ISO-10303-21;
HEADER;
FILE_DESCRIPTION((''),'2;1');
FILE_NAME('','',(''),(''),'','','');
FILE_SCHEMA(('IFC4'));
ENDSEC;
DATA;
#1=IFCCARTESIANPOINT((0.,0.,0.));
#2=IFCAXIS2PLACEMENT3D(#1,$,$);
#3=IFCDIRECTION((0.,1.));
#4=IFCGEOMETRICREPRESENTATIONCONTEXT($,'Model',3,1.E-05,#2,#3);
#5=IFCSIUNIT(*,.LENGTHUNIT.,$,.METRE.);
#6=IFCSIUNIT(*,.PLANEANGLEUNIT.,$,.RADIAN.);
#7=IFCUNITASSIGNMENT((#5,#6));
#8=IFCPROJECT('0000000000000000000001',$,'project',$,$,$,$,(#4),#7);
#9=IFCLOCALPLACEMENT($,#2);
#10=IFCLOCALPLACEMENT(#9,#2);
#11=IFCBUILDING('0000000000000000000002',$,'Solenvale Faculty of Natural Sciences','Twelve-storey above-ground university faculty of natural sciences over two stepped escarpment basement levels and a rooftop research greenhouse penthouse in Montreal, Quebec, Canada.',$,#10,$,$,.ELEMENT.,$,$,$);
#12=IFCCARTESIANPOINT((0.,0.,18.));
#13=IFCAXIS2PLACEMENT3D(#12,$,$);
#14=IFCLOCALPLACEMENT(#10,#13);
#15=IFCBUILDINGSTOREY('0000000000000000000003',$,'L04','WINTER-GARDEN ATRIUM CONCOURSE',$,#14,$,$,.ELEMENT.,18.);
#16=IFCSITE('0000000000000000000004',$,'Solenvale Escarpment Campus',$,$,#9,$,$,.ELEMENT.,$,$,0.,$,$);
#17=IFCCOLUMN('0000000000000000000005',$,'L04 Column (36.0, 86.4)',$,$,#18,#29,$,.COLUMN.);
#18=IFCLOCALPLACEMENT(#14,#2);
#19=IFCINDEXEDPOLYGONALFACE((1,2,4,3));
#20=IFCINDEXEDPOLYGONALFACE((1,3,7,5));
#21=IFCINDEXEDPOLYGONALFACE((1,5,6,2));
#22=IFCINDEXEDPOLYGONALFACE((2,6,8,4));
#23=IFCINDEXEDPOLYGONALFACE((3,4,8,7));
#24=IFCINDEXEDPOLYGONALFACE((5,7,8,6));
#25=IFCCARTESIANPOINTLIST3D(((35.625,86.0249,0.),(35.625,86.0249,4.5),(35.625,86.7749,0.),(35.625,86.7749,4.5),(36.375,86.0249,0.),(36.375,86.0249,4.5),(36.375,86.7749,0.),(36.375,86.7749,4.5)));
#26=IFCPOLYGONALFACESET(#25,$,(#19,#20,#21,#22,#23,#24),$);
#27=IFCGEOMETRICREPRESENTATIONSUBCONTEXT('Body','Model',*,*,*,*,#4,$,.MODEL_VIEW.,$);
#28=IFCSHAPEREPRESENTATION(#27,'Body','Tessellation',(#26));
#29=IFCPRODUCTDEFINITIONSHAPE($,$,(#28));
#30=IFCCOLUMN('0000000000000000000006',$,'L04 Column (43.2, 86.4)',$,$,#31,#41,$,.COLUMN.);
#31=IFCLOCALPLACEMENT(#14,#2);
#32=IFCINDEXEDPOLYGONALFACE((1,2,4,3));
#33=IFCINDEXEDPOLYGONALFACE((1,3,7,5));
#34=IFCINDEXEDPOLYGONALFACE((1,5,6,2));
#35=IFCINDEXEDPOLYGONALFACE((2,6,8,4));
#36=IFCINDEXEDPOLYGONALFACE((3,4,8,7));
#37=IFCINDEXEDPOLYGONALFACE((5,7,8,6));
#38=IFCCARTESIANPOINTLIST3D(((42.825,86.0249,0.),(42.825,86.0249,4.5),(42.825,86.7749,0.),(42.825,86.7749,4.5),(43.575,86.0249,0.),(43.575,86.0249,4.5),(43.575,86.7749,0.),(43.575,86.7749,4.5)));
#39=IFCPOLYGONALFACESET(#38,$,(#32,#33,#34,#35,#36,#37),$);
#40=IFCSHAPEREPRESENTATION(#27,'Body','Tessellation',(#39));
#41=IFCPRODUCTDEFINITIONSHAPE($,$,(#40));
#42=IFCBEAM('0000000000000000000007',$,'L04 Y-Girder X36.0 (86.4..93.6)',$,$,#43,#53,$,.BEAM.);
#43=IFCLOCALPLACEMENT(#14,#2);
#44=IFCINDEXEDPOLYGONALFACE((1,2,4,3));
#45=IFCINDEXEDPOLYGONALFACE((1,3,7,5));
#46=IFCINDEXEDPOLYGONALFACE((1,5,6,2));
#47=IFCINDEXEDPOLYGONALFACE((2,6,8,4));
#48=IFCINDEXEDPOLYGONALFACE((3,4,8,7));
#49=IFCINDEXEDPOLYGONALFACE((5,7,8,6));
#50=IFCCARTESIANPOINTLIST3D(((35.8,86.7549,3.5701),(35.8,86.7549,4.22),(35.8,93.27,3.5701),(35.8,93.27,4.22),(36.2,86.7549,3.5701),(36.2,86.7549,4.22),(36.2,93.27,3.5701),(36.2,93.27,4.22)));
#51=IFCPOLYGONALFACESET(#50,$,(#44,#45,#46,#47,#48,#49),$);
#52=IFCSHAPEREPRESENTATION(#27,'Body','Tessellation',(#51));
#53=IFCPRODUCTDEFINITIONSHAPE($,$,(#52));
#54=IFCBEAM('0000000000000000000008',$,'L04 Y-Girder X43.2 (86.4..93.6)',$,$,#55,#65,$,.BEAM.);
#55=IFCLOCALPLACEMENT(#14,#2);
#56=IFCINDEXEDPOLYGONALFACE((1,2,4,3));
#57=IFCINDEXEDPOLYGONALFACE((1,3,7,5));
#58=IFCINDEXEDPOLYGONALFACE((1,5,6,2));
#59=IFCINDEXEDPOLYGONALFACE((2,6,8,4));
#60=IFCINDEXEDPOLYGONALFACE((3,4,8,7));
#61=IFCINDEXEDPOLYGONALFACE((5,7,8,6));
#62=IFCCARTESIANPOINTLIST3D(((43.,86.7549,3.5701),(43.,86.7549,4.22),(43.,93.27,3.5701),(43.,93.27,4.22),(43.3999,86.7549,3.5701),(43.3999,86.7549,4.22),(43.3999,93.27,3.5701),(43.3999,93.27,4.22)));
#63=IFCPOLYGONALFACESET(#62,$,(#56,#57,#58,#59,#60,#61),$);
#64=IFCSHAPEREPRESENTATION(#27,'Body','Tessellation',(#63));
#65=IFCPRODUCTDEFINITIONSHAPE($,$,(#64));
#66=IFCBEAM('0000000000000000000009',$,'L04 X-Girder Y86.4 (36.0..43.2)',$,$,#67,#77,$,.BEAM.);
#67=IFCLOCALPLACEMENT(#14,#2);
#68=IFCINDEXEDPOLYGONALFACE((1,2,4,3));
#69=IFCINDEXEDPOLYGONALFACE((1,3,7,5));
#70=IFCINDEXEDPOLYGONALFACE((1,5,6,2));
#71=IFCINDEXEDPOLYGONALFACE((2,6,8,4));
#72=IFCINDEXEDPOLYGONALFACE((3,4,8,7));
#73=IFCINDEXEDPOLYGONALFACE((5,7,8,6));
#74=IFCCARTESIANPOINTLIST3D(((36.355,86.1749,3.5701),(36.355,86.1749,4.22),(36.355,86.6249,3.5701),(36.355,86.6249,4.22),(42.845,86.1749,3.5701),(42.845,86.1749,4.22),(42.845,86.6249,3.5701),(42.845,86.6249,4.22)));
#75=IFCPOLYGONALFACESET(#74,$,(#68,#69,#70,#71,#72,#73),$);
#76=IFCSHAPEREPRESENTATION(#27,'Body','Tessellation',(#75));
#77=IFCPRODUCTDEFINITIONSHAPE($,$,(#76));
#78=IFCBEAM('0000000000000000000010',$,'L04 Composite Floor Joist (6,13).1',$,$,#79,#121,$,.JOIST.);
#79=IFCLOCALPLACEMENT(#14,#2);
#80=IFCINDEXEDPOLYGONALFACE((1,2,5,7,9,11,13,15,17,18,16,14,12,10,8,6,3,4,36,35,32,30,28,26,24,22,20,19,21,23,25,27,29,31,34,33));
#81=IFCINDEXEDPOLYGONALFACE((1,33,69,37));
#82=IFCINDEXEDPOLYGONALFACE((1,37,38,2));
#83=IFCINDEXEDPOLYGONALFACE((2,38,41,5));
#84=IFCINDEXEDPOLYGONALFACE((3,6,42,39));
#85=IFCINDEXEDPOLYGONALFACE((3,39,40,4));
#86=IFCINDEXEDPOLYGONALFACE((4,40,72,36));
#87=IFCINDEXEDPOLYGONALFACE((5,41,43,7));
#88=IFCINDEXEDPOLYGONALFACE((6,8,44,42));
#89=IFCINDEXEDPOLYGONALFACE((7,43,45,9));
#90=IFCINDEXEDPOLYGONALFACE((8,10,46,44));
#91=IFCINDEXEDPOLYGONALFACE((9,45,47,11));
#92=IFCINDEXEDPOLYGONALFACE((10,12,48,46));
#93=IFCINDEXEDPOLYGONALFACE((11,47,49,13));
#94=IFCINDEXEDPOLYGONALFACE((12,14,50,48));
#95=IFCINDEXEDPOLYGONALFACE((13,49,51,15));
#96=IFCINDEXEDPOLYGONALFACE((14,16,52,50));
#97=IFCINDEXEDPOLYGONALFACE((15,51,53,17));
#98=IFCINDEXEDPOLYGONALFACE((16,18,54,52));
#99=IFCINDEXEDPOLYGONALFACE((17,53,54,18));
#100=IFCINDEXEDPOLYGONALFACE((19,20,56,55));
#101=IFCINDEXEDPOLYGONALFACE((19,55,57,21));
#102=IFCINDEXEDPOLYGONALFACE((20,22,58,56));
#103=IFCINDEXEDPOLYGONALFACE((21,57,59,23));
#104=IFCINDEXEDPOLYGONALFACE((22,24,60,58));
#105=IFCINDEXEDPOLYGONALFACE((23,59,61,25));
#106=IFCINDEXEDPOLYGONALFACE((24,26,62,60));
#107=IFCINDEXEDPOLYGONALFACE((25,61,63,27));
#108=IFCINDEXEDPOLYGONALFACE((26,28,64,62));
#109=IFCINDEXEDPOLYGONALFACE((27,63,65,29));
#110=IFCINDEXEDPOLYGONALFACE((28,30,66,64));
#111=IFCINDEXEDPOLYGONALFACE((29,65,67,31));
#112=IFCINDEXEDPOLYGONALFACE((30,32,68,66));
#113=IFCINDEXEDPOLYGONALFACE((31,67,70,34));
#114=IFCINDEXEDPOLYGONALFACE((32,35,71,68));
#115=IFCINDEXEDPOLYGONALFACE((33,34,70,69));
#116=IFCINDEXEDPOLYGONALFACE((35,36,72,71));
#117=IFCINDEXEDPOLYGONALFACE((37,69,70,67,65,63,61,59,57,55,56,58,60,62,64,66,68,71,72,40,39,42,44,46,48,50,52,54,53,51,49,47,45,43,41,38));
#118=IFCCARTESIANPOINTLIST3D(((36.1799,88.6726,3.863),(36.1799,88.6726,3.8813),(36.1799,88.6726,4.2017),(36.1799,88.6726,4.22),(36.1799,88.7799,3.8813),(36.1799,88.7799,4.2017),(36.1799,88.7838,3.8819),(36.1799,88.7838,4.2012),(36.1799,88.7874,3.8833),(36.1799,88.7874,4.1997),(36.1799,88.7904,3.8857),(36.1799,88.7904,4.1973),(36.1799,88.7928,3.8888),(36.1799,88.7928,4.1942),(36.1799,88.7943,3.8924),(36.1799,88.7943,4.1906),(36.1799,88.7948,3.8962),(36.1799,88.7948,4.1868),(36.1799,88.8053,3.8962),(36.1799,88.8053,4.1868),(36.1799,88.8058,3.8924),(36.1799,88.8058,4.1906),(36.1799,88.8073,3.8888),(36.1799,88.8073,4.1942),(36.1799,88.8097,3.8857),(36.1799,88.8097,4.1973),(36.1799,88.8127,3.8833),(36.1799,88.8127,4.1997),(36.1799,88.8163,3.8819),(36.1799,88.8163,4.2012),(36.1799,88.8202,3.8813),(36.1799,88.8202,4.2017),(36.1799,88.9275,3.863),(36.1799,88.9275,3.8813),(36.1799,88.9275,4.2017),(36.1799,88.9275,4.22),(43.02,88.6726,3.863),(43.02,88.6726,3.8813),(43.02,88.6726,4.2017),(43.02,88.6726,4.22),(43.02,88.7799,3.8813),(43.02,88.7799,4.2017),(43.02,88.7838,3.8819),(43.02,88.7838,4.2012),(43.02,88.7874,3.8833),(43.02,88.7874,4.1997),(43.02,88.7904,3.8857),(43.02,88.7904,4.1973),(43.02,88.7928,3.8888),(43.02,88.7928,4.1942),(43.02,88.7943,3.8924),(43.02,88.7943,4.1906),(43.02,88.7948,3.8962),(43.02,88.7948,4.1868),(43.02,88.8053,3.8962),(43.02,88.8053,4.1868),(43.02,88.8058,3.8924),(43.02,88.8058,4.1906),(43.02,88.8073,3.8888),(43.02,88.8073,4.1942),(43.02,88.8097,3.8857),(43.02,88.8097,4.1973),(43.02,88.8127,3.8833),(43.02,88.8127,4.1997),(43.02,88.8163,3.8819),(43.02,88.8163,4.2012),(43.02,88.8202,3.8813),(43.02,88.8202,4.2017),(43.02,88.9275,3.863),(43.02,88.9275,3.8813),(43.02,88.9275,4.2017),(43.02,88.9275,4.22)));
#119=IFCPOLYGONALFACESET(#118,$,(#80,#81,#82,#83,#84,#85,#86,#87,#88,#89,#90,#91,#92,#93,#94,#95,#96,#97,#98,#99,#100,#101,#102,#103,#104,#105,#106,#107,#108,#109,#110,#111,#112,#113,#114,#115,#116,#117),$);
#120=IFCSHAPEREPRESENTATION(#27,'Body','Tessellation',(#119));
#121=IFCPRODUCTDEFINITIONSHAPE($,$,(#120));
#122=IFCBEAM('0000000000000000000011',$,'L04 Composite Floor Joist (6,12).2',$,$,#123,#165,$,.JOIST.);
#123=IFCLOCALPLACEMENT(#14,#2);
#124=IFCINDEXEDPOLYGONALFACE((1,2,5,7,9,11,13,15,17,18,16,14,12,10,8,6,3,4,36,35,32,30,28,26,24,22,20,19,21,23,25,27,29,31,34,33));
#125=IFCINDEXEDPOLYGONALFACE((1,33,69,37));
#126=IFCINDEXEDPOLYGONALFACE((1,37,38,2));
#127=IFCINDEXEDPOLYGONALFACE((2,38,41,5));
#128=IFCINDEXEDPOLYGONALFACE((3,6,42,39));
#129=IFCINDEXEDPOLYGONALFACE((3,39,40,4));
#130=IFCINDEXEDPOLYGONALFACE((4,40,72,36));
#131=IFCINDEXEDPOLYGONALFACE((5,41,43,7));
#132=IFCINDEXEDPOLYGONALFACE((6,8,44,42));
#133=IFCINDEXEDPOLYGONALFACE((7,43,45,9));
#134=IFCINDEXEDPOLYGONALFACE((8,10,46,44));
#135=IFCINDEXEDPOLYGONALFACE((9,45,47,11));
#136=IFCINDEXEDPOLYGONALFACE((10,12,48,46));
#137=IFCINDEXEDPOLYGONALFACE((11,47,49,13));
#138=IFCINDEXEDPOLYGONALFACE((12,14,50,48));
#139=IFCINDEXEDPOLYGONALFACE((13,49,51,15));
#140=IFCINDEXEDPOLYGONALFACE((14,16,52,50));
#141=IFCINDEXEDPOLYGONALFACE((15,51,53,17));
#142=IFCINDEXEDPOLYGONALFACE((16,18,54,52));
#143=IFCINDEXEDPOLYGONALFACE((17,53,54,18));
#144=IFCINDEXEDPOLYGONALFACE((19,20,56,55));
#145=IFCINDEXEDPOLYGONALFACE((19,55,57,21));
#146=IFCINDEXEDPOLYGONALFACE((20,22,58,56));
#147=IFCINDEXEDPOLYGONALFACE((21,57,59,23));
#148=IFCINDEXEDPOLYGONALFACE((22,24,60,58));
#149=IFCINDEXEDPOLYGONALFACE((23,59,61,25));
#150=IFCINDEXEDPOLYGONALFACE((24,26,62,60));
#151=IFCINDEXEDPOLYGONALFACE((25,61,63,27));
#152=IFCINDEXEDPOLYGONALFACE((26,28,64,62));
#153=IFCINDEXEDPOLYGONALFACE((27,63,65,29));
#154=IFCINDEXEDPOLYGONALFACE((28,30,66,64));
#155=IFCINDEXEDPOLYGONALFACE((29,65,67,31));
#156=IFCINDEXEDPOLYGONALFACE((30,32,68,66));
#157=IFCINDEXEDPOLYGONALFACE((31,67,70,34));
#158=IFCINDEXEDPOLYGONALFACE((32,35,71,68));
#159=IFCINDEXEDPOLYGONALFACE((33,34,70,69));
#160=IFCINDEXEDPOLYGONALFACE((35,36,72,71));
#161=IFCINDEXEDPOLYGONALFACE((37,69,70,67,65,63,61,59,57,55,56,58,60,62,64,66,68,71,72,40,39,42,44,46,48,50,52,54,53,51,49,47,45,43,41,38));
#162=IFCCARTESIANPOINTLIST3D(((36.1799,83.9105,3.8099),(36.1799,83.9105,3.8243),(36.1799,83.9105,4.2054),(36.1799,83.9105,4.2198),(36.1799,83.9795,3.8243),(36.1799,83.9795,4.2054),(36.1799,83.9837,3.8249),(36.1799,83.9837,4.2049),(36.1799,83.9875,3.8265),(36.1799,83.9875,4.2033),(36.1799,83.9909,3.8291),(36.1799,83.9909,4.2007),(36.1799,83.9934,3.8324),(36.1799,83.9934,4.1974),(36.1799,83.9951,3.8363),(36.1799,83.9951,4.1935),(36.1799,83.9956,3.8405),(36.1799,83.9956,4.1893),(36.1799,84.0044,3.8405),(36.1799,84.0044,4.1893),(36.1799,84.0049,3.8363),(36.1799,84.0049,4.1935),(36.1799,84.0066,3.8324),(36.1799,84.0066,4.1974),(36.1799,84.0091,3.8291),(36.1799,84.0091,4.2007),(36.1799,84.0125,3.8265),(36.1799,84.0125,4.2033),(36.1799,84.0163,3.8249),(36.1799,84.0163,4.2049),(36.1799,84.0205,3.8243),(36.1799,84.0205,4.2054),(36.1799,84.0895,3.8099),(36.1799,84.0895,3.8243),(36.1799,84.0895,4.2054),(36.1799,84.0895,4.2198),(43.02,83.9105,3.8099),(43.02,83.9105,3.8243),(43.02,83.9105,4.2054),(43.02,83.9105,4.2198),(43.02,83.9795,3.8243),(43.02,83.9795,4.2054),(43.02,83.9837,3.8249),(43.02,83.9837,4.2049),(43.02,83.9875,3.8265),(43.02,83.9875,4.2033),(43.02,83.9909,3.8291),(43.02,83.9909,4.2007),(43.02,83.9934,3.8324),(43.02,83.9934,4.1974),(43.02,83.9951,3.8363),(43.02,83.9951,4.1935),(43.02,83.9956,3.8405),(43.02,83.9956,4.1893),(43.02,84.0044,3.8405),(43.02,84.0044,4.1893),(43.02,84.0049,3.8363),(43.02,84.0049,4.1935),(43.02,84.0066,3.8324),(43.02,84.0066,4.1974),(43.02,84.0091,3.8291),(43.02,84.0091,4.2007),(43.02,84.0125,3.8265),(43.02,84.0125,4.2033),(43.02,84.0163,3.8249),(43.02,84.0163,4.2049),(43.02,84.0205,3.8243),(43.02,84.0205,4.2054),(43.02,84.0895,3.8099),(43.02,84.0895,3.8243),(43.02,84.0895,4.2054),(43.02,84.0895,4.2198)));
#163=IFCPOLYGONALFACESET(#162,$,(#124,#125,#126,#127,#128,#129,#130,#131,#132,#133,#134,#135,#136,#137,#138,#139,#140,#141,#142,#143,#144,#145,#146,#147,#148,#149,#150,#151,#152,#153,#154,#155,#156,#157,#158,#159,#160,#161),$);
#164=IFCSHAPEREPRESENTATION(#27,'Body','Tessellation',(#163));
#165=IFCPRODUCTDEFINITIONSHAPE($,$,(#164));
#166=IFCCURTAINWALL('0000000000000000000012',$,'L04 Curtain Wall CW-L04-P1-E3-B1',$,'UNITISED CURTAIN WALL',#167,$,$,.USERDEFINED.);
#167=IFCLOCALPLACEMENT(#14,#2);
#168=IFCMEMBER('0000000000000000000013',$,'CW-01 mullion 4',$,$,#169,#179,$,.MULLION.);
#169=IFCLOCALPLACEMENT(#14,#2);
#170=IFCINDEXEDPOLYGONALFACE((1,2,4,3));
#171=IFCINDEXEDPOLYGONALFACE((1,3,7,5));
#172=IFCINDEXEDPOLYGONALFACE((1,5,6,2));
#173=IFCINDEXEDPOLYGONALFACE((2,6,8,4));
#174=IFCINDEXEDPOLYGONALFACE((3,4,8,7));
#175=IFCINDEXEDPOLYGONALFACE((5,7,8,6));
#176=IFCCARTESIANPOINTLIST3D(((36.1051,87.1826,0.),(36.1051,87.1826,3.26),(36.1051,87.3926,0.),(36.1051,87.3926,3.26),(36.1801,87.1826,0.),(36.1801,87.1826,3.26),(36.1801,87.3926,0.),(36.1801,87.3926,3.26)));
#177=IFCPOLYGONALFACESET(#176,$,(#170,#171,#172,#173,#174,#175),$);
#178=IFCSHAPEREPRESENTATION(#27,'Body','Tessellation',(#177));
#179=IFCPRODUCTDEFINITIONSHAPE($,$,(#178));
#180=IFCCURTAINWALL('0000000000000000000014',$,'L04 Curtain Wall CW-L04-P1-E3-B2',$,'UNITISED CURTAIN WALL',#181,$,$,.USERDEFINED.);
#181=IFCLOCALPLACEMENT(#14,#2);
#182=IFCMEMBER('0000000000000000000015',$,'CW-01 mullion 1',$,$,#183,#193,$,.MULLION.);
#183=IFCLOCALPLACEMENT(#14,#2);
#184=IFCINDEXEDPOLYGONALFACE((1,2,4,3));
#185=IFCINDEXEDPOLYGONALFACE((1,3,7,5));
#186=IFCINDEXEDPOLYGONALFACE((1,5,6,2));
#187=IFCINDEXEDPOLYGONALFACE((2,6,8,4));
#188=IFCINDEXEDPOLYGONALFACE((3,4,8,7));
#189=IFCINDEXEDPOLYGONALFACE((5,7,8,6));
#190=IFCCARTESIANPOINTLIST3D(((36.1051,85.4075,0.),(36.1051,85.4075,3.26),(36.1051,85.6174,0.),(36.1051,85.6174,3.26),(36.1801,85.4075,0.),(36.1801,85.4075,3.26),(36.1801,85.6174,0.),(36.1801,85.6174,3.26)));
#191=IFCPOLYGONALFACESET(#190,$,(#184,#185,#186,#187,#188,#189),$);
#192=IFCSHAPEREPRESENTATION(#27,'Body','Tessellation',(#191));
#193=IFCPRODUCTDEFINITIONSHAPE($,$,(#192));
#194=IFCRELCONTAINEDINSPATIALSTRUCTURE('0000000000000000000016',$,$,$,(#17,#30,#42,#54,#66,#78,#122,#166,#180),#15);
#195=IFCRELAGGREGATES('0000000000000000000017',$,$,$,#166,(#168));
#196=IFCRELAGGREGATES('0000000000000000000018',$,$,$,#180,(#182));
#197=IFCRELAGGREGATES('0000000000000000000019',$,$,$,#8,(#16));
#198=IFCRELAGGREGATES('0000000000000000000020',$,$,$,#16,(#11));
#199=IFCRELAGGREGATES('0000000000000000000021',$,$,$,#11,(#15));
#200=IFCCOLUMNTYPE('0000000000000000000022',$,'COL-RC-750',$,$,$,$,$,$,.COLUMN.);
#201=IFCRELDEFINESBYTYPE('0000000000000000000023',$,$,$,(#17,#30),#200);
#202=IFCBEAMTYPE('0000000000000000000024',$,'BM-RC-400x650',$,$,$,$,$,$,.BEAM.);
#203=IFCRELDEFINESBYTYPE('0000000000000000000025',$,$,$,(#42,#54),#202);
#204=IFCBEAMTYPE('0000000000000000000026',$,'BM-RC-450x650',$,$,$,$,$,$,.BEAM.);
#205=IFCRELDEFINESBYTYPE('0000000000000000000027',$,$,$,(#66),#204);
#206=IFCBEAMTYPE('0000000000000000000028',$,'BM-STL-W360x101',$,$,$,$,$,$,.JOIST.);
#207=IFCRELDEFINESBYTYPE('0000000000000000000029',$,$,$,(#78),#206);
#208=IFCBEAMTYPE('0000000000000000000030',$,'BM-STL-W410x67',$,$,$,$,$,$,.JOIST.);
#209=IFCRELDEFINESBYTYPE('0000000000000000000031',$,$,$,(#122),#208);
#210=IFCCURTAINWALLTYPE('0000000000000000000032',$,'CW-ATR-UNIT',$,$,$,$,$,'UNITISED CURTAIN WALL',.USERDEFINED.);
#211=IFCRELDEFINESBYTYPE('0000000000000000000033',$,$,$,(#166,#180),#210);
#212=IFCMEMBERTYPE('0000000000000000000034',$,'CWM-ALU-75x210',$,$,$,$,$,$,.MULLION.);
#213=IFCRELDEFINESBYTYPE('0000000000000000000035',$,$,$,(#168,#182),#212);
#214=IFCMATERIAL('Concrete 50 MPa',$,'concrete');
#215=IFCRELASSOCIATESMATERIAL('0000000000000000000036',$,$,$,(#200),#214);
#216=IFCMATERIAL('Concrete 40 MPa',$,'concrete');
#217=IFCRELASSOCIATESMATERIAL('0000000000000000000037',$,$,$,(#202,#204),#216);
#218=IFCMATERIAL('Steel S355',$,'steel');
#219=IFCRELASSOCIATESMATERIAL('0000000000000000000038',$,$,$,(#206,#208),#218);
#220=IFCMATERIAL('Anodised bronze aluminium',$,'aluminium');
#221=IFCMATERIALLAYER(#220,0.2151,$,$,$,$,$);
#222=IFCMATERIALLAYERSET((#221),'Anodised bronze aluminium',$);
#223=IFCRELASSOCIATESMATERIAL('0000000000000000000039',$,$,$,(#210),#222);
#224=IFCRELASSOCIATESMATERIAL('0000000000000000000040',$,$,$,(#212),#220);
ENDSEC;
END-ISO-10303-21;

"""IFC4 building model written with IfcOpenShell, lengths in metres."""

from ifc_helpers import new_model, si_unit, direction, frame, origin, origin_2d, place, context, subcontext, project, spatial, rectangle, i_section, extrude, material, layer, layer_set, material_profile, profile_set, type_object, element, aggregate, save


model = new_model("IFC4")

# Units and contexts
model_context = context("Model", 3, precision=1e-05, world=origin(), true_north=direction((0.0, 1.0)))
body_context = subcontext(model_context, "Body", "Model", "MODEL_VIEW")
ifc_project = project(units=[si_unit("LENGTHUNIT", "METRE"), si_unit("PLANEANGLEUNIT", "RADIAN")], contexts=[model_context])

# Site, building, storey
site_placement = place(None, origin())
site = spatial("IfcSite", under=ifc_project, at=site_placement, Name="Solenvale Escarpment Campus", CompositionType="ELEMENT", RefElevation=0.0)
building_placement = place(site_placement, origin())
building = spatial("IfcBuilding", under=site, at=building_placement, Name="Solenvale Faculty of Natural Sciences", Description="Twelve-storey above-ground university faculty of natural sciences over two stepped escarpment basement levels and a rooftop research greenhouse penthouse in Montreal, Quebec, Canada.", CompositionType="ELEMENT")
storey_placement = place(building_placement, frame((0.0, 0.0, 18.0)))
storey = spatial("IfcBuildingStorey", under=building, at=storey_placement, Name="L04", Description="WINTER-GARDEN ATRIUM CONCOURSE", CompositionType="ELEMENT", Elevation=18.0)

# Columns
ifc_material_1 = material(Name="Concrete 50 MPa", Category="concrete")
ifc_material_profile_1 = material_profile(ifc_material_1, rectangle(XDim=0.75, YDim=0.75, at=origin_2d()), Name="RC-COL-750x750")
ifc_profile_set_1 = profile_set([ifc_material_profile_1], Name="Concrete 50 MPa")
column_type = type_object("IfcColumnType", Name="COL-RC-750", PredefinedType="COLUMN", material=ifc_profile_set_1)
for number, where, z_axis, x_axis, name in (
    (1, (36.0, 86.3999, 0.0), (0.0, 0.0, 1.0), (1.0, 0.0, 0.0), "L04 Column (36.0, 86.4)"),
    (2, (43.2, 86.3999, 0.0), (0.0, 0.0, 1.0), (1.0, 0.0, 0.0), "L04 Column (43.2, 86.4)"),
):
    element("IfcColumn", number, at=place(storey_placement, frame(where, z_axis=z_axis, x_axis=x_axis)), inside=storey, type_object=column_type, Name=name, PredefinedType="COLUMN", context=body_context, shape_type="SweptSolid", body=[
        extrude(rectangle(XDim=0.75, YDim=0.75, at=origin_2d()), origin(), (0.0, 0.0, 1.0), 4.5),
    ])

# Beams
ifc_material_2 = material(Name="Concrete 40 MPa", Category="concrete")
ifc_material_profile_2 = material_profile(ifc_material_2, rectangle(XDim=0.3999, YDim=0.6499, at=origin_2d()), Name="RC-BM-400x650")
ifc_profile_set_2 = profile_set([ifc_material_profile_2], Name="Concrete 40 MPa")
beam_type_1 = type_object("IfcBeamType", Name="BM-RC-400x650", PredefinedType="BEAM", material=ifc_profile_set_2)
for number, where, z_axis, x_axis, name in (
    (3, (36.0, 86.7549, 3.895), (0.0, 1.0, 0.0), (-1.0, 0.0, 0.0), "L04 Y-Girder X36.0 (86.4..93.6)"),
    (4, (43.2, 86.7549, 3.895), (0.0, 1.0, 0.0), (-1.0, 0.0, 0.0), "L04 Y-Girder X43.2 (86.4..93.6)"),
):
    element("IfcBeam", number, at=place(storey_placement, frame(where, z_axis=z_axis, x_axis=x_axis)), inside=storey, type_object=beam_type_1, Name=name, PredefinedType="BEAM", context=body_context, shape_type="SweptSolid", body=[
        extrude(rectangle(XDim=0.3999, YDim=0.6499, at=origin_2d()), origin(), (0.0, 0.0, 1.0), 6.5151),
    ])
ifc_material_profile_3 = material_profile(ifc_material_2, rectangle(XDim=0.45, YDim=0.6499, at=origin_2d()), Name="RC-BM-450x650")
ifc_profile_set_3 = profile_set([ifc_material_profile_3], Name="Concrete 40 MPa")
beam_type_2 = type_object("IfcBeamType", Name="BM-RC-450x650", PredefinedType="BEAM", material=ifc_profile_set_3)
beam_1_placement = place(storey_placement, frame((36.355, 86.3999, 3.895), z_axis=(1.0, 0.0, 0.0), x_axis=(0.0, 1.0, 0.0)))
element("IfcBeam", 5, at=beam_1_placement, inside=storey, type_object=beam_type_2, Name="L04 X-Girder Y86.4 (36.0..43.2)", PredefinedType="BEAM", context=body_context, shape_type="SweptSolid", body=[
    extrude(rectangle(XDim=0.45, YDim=0.6499, at=origin_2d()), origin(), (0.0, 0.0, 1.0), 6.49),
])
ifc_material_3 = material(Name="Steel S355", Category="steel")
ifc_material_profile_4 = material_profile(ifc_material_3, i_section(OverallWidth=0.2549, OverallDepth=0.3569, WebThickness=0.0105, FlangeThickness=0.0183, FilletRadius=0.0149, at=origin_2d()), Name="W360x101")
ifc_profile_set_4 = profile_set([ifc_material_profile_4], Name="Steel S355")
beam_type_3 = type_object("IfcBeamType", Name="BM-STL-W360x101", PredefinedType="JOIST", material=ifc_profile_set_4)
beam_2_placement = place(storey_placement, frame((36.1799, 88.8, 4.0415), z_axis=(1.0, 0.0, 0.0), x_axis=(0.0, 1.0, 0.0)))
element("IfcBeam", 6, at=beam_2_placement, inside=storey, type_object=beam_type_3, Name="L04 Composite Floor Joist (6,13).1", PredefinedType="JOIST", context=body_context, shape_type="SweptSolid", body=[
    extrude(i_section(OverallWidth=0.2549, OverallDepth=0.3569, WebThickness=0.0105, FlangeThickness=0.0183, FilletRadius=0.0149, at=origin_2d()), origin(), (0.0, 0.0, 1.0), 6.8401),
])
ifc_material_profile_5 = material_profile(ifc_material_3, i_section(OverallWidth=0.179, OverallDepth=0.4099, WebThickness=0.0088, FlangeThickness=0.0144, FilletRadius=0.0161, at=origin_2d()), Name="W410x67")
ifc_profile_set_5 = profile_set([ifc_material_profile_5], Name="Steel S355")
beam_type_4 = type_object("IfcBeamType", Name="BM-STL-W410x67", PredefinedType="JOIST", material=ifc_profile_set_5)
beam_3_placement = place(storey_placement, frame((36.1799, 84.0, 4.0149), z_axis=(1.0, 0.0, 0.0), x_axis=(0.0, 1.0, 0.0)))
element("IfcBeam", 7, at=beam_3_placement, inside=storey, type_object=beam_type_4, Name="L04 Composite Floor Joist (6,12).2", PredefinedType="JOIST", context=body_context, shape_type="SweptSolid", body=[
    extrude(i_section(OverallWidth=0.179, OverallDepth=0.4099, WebThickness=0.0088, FlangeThickness=0.0144, FilletRadius=0.0161, at=origin_2d()), origin(), (0.0, 0.0, 1.0), 6.8401),
])

# Curtain walls, members
ifc_material_4 = material(Name="Anodised bronze aluminium", Category="aluminium")
ifc_layer_1 = layer(ifc_material_4, 0.2151)
ifc_layer_set_1 = layer_set([ifc_layer_1], Name="Anodised bronze aluminium")
curtain_wall_type = type_object("IfcCurtainWallType", Name="CW-ATR-UNIT", ElementType="UNITISED CURTAIN WALL", PredefinedType="USERDEFINED", material=ifc_layer_set_1)
curtain_wall_1_placement = place(storey_placement, origin())
curtain_wall_1 = element("IfcCurtainWall", 8, at=curtain_wall_1_placement, inside=storey, type_object=curtain_wall_type, Name="L04 Curtain Wall CW-L04-P1-E3-B1", ObjectType="UNITISED CURTAIN WALL", PredefinedType="USERDEFINED")
ifc_material_profile_6 = material_profile(ifc_material_4, rectangle(XDim=0.075, YDim=0.21, at=origin_2d()), Name="ALU-MUL-75x210")
ifc_profile_set_6 = profile_set([ifc_material_profile_6], Name="Anodised bronze aluminium")
member_type_1 = type_object("IfcMemberType", Name="CWM-ALU-75x210", PredefinedType="MULLION", material=ifc_profile_set_6)
member_1_placement = place(storey_placement, frame((36.1426, 87.2876, 0.0), z_axis=(0.0, 0.0, 1.0), x_axis=(1.0, 0.0, 0.0)))
member_1 = element("IfcMember", 9, at=member_1_placement, type_object=member_type_1, Name="CW-01 mullion 4", PredefinedType="MULLION", context=body_context, shape_type="SweptSolid", body=[
    extrude(rectangle(XDim=0.075, YDim=0.21, at=origin_2d()), origin(), (0.0, 0.0, 1.0), 3.26),
])
curtain_wall_2_placement = place(storey_placement, origin())
curtain_wall_2 = element("IfcCurtainWall", 10, at=curtain_wall_2_placement, inside=storey, type_object=curtain_wall_type, Name="L04 Curtain Wall CW-L04-P1-E3-B2", ObjectType="UNITISED CURTAIN WALL", PredefinedType="USERDEFINED")
member_2_placement = place(storey_placement, frame((36.1426, 85.5125, 0.0), z_axis=(0.0, 0.0, 1.0), x_axis=(1.0, 0.0, 0.0)))
member_2 = element("IfcMember", 11, at=member_2_placement, type_object=member_type_1, Name="CW-01 mullion 1", PredefinedType="MULLION", context=body_context, shape_type="SweptSolid", body=[
    extrude(rectangle(XDim=0.075, YDim=0.21, at=origin_2d()), origin(), (0.0, 0.0, 1.0), 3.26),
])

aggregate(curtain_wall_1, [member_1])
aggregate(curtain_wall_2, [member_2])

save(model, "model.ifc")
